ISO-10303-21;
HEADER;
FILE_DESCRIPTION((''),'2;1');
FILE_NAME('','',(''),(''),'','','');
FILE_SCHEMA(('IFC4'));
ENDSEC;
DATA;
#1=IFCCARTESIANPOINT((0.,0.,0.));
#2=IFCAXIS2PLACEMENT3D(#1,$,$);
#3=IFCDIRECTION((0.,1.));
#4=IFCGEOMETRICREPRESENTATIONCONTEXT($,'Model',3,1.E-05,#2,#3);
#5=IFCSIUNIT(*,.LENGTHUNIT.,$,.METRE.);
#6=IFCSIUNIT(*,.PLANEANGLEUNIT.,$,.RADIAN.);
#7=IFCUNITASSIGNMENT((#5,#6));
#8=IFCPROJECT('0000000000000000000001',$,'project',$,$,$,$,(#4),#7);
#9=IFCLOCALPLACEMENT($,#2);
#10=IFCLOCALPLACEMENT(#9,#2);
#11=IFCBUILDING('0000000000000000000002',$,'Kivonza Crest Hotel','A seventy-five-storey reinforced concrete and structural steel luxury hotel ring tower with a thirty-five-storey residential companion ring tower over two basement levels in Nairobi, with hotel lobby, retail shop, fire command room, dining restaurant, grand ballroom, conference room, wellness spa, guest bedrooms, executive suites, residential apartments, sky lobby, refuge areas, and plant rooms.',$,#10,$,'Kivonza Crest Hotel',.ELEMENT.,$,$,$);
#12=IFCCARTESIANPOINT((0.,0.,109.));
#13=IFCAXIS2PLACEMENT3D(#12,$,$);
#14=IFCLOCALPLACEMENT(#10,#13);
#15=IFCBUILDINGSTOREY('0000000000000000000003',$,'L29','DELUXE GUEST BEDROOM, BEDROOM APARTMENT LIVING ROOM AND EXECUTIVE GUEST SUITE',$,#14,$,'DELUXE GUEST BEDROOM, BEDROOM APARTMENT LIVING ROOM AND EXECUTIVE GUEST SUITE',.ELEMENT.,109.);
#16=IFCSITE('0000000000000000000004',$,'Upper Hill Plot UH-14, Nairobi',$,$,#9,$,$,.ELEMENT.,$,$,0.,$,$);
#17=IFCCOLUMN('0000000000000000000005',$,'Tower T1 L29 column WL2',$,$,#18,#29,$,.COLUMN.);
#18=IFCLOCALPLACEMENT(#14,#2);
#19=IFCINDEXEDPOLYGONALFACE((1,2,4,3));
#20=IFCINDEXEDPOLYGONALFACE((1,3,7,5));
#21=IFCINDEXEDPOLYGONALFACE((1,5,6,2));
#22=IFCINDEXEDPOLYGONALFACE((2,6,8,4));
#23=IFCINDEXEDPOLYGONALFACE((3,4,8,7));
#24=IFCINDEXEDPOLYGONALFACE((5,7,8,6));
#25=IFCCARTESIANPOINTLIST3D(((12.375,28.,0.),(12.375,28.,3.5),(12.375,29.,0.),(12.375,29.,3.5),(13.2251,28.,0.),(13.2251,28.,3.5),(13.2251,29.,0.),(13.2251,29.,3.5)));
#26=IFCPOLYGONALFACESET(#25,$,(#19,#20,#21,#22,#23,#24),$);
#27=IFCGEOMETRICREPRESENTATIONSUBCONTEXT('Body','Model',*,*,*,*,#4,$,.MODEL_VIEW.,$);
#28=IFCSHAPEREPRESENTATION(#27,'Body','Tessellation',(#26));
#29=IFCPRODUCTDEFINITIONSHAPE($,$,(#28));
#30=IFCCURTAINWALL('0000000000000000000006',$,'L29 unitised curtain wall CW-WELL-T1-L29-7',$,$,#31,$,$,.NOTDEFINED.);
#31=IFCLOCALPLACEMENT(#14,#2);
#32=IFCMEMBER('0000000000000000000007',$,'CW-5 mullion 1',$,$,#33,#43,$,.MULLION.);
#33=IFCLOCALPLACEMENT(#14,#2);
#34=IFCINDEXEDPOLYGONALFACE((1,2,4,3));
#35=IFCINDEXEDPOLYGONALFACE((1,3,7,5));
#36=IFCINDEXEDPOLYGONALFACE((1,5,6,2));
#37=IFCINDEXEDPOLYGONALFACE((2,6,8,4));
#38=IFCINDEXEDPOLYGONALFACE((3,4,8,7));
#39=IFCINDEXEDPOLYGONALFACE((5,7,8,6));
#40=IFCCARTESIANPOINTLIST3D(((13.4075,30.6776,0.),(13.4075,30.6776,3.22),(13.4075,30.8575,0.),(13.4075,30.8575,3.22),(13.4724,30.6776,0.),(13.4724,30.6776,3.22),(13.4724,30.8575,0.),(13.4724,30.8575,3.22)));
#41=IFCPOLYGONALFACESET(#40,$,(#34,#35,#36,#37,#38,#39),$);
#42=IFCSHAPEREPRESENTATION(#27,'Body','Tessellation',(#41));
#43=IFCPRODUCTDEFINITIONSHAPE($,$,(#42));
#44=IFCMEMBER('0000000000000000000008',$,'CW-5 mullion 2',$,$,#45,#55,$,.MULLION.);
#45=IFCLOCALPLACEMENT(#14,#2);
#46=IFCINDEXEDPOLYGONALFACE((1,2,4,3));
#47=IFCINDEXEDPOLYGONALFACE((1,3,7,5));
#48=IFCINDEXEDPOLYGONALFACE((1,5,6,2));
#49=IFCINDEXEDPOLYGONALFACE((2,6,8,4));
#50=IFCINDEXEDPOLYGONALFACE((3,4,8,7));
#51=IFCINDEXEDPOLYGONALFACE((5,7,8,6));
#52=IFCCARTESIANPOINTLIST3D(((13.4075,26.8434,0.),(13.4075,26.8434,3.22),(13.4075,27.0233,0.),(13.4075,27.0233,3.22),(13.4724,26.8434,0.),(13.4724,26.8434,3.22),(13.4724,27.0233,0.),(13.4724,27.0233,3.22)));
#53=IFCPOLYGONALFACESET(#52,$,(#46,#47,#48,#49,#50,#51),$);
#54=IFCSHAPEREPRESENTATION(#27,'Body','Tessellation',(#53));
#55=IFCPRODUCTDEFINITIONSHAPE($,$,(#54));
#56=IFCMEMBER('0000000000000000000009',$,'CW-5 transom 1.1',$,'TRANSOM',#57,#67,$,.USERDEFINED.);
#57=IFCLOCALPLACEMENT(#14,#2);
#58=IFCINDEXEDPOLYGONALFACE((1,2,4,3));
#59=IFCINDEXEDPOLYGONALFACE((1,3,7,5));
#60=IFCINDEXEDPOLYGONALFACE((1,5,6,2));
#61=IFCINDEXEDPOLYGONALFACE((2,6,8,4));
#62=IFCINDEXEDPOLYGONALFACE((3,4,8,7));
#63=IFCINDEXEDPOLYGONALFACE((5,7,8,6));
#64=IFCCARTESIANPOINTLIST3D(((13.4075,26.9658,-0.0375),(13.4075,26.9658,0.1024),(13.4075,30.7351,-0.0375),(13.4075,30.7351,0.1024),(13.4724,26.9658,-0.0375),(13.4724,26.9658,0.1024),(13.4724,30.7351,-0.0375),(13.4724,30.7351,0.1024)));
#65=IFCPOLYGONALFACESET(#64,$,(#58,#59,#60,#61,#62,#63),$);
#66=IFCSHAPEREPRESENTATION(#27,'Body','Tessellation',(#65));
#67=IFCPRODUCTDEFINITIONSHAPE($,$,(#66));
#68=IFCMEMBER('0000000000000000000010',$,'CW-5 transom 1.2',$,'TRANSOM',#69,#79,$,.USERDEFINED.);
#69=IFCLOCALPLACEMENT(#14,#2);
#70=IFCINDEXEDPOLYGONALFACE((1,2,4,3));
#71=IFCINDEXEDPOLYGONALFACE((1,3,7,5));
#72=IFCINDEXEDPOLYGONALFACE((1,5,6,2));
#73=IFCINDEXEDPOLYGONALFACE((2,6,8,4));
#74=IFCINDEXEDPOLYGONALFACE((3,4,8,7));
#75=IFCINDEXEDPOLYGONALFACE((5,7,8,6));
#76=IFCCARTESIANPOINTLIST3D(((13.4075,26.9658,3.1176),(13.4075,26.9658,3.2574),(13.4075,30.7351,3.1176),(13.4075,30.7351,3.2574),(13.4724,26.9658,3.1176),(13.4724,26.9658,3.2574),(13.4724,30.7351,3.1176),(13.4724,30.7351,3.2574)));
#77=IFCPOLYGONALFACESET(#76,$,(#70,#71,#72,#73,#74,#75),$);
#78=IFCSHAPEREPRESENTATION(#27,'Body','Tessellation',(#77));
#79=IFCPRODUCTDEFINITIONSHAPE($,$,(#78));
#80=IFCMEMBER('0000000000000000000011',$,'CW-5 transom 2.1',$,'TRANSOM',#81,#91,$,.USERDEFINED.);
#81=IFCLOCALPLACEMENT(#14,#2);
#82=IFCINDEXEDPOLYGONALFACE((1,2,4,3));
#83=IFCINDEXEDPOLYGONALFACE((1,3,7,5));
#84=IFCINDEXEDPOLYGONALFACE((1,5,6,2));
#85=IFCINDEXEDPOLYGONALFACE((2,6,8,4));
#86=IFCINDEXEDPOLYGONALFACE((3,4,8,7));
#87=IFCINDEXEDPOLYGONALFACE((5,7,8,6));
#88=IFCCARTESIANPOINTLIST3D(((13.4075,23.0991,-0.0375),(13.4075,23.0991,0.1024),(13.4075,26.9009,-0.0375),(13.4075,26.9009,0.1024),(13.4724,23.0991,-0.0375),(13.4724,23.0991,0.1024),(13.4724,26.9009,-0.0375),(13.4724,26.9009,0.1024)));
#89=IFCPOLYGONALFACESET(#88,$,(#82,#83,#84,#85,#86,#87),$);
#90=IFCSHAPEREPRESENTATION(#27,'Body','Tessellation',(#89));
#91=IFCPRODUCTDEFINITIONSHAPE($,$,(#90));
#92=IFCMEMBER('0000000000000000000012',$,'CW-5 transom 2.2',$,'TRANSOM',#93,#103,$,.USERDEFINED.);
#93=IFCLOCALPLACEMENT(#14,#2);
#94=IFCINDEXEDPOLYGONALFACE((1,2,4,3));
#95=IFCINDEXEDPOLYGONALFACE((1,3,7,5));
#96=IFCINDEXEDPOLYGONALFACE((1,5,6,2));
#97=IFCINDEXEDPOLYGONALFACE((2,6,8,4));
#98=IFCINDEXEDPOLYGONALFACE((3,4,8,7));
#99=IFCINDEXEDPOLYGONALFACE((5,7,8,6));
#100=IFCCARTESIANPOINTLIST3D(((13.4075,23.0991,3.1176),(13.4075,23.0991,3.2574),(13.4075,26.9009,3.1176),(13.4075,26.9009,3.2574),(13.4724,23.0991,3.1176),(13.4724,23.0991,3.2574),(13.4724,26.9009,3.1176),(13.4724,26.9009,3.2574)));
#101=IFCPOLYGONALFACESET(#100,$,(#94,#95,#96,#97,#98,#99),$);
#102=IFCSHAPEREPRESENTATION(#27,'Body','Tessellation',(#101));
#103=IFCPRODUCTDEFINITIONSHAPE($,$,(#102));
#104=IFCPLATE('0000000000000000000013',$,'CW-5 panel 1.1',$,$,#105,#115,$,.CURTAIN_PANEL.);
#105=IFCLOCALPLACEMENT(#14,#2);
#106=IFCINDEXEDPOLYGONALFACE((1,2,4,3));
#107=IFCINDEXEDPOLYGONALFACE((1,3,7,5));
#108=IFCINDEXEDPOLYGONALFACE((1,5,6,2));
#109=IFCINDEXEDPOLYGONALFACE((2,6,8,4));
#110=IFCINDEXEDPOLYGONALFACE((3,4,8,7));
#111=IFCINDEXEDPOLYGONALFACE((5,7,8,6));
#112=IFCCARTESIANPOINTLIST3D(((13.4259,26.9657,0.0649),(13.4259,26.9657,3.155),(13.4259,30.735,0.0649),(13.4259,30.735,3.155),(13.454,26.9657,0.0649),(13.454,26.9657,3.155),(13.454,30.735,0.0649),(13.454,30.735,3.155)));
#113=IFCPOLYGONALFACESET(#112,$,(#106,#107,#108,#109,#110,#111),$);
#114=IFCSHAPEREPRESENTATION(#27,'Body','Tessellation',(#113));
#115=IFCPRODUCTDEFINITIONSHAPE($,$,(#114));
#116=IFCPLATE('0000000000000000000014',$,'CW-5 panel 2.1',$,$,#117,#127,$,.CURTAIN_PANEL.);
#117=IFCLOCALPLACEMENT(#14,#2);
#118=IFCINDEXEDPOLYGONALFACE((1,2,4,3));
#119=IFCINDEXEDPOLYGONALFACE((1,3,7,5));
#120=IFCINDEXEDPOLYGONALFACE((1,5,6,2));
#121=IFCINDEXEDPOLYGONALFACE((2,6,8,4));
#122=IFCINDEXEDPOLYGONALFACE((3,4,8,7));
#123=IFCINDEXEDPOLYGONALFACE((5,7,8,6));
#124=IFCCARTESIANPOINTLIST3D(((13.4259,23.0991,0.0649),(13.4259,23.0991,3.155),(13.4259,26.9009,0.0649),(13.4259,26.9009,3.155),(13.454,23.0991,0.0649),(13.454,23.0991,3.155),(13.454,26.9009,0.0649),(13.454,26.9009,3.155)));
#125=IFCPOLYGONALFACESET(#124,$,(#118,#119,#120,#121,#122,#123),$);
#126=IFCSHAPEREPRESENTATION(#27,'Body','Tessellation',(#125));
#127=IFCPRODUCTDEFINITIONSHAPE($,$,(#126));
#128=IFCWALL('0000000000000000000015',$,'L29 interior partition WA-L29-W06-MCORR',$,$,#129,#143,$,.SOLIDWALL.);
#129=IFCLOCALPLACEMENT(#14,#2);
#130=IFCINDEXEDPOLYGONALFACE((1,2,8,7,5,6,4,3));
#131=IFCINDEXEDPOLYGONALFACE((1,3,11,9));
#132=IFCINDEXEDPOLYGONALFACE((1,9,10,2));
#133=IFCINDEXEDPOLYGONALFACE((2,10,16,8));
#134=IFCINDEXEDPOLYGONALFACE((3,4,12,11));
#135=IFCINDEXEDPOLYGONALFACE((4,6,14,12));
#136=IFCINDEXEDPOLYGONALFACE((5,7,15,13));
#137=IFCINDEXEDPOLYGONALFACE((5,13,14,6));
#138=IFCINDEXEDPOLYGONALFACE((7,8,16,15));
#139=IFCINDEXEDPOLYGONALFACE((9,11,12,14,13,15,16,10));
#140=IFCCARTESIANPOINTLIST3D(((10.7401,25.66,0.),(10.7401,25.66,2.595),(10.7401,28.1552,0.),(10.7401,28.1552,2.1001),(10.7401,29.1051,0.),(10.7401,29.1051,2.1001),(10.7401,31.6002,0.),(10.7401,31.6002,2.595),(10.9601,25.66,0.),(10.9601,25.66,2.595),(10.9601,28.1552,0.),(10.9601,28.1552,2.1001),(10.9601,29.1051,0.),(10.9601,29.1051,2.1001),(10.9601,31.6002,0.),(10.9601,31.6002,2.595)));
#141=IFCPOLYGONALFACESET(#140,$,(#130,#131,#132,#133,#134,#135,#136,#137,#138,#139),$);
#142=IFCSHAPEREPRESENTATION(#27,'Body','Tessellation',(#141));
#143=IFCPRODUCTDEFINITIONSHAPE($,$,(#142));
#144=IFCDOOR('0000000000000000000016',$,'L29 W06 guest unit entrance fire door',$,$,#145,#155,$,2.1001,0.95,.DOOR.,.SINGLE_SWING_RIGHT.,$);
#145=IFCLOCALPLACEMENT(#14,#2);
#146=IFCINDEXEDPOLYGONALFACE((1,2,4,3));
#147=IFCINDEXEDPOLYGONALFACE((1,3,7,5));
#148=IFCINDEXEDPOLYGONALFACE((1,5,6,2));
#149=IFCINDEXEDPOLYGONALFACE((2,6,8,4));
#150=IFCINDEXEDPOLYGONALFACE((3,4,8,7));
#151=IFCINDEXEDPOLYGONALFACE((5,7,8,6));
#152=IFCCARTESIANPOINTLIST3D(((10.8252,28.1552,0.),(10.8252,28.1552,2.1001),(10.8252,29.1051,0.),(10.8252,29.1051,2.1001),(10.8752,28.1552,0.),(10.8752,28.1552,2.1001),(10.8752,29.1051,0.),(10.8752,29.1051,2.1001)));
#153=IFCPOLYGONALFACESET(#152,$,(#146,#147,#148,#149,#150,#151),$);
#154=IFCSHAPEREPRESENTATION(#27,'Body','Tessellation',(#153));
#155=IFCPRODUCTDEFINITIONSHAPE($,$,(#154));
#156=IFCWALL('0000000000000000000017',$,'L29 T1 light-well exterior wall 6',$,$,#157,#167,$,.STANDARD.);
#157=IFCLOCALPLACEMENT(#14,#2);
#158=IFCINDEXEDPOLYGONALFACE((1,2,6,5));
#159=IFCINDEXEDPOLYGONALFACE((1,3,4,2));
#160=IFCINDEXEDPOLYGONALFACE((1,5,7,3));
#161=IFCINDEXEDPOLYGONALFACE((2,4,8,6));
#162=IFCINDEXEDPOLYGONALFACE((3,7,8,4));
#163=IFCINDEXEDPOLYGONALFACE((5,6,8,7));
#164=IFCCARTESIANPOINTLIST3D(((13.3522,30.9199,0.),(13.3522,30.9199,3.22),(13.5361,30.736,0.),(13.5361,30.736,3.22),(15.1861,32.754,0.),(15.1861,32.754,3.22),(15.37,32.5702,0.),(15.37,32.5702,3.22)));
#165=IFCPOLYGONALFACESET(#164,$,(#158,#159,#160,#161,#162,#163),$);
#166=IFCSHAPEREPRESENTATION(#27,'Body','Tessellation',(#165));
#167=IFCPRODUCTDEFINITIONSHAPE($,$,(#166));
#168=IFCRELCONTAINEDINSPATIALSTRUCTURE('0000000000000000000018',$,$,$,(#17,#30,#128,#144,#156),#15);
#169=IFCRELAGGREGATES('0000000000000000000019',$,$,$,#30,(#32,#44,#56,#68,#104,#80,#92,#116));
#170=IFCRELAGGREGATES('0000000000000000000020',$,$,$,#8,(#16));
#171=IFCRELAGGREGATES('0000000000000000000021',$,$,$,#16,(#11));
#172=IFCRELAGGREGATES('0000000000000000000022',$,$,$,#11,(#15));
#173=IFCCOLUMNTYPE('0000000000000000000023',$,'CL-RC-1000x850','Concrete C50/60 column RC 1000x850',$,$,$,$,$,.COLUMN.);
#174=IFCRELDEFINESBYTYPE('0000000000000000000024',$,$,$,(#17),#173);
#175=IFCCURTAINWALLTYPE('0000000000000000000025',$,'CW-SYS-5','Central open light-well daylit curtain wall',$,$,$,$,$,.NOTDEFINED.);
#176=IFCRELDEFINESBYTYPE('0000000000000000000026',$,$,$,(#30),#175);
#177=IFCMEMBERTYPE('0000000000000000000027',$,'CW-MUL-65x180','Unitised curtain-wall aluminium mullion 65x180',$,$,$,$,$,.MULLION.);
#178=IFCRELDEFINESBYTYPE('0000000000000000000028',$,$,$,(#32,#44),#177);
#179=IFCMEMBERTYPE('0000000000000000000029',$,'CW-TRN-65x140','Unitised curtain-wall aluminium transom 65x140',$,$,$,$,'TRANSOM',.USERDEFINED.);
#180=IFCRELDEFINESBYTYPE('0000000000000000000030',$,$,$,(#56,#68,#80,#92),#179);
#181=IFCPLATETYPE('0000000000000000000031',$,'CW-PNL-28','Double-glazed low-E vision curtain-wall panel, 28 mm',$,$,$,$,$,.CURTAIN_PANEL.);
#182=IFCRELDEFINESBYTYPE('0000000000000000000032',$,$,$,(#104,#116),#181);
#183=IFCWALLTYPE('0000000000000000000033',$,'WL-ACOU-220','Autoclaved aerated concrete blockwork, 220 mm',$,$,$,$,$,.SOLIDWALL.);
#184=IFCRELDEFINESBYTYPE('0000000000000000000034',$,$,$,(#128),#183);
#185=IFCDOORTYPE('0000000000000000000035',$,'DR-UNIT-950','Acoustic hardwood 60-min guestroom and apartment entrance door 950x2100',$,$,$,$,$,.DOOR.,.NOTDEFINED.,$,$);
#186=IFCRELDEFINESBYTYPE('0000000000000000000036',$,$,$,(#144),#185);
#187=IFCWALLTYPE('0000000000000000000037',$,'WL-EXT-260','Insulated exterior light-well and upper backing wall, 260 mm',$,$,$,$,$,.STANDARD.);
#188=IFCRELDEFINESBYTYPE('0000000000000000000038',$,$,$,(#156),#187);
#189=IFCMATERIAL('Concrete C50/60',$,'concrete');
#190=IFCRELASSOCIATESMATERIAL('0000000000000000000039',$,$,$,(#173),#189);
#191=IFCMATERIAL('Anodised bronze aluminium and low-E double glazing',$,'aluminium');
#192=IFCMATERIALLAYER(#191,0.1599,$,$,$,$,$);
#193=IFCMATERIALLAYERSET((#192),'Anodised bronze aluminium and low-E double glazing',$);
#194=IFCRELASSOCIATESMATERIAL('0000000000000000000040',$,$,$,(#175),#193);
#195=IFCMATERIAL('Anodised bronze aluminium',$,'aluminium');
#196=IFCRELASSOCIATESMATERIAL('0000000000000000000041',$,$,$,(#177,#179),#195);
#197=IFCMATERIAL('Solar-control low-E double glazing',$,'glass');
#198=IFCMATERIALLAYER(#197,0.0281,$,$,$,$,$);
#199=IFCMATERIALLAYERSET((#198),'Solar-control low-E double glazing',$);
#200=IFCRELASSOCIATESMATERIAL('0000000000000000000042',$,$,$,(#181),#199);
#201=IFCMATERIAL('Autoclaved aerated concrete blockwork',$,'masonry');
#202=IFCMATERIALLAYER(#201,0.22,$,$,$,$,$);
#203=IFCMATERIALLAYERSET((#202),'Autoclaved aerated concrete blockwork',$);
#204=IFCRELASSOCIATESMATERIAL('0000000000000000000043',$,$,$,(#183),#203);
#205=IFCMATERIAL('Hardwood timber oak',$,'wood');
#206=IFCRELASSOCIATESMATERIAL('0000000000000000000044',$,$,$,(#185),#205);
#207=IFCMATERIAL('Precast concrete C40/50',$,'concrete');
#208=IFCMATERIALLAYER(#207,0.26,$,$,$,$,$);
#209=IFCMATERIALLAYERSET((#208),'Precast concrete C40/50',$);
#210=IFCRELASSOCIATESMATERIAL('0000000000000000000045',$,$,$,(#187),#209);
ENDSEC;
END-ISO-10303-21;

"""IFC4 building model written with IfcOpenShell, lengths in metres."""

from ifc_helpers import new_model, si_unit, direction, frame, frame_2d, origin, origin_2d, place, context, subcontext, project, spatial, rectangle, extrude, material, layer, layer_set, material_profile, profile_set, type_object, element, fill, aggregate, save


model = new_model("IFC4")

# Units and contexts
model_context = context("Model", 3, precision=1e-05, world=origin(), true_north=direction((0.0, 1.0)))
body_context = subcontext(model_context, "Body", "Model", "MODEL_VIEW")
ifc_project = project(units=[si_unit("LENGTHUNIT", "METRE"), si_unit("PLANEANGLEUNIT", "RADIAN")], contexts=[model_context])

# Site, building, storey
site_placement = place(None, origin())
site = spatial("IfcSite", under=ifc_project, at=site_placement, Name="Upper Hill Plot UH-14, Nairobi", CompositionType="ELEMENT", RefElevation=0.0)
building_placement = place(site_placement, origin())
building = spatial("IfcBuilding", under=site, at=building_placement, Name="Kivonza Crest Hotel", Description="A seventy-five-storey reinforced concrete and structural steel luxury hotel ring tower with a thirty-five-storey residential companion ring tower over two basement levels in Nairobi, with hotel lobby, retail shop, fire command room, dining restaurant, grand ballroom, conference room, wellness spa, guest bedrooms, executive suites, residential apartments, sky lobby, refuge areas, and plant rooms.", LongName="Kivonza Crest Hotel", CompositionType="ELEMENT")
storey_placement = place(building_placement, frame((0.0, 0.0, 109.0)))
storey = spatial("IfcBuildingStorey", under=building, at=storey_placement, Name="L29", Description="DELUXE GUEST BEDROOM, BEDROOM APARTMENT LIVING ROOM AND EXECUTIVE GUEST SUITE", LongName="DELUXE GUEST BEDROOM, BEDROOM APARTMENT LIVING ROOM AND EXECUTIVE GUEST SUITE", CompositionType="ELEMENT", Elevation=109.0)

# Column
ifc_material_1 = material(Name="Concrete C50/60", Category="concrete")
ifc_material_profile_1 = material_profile(ifc_material_1, rectangle(XDim=0.8501, YDim=1.0, at=origin_2d()), Name="RC 1000x850")
ifc_profile_set_1 = profile_set([ifc_material_profile_1], Name="Concrete C50/60")
column_type = type_object("IfcColumnType", Name="CL-RC-1000x850", Description="Concrete C50/60 column RC 1000x850", PredefinedType="COLUMN", material=ifc_profile_set_1)
column_placement = place(storey_placement, frame((12.8, 28.5, 0.0), z_axis=(0.0, 0.0, 1.0), x_axis=(1.0, 0.0, 0.0)))
element("IfcColumn", 1, at=column_placement, inside=storey, type_object=column_type, Name="Tower T1 L29 column WL2", PredefinedType="COLUMN", context=body_context, shape_type="SweptSolid", body=[
    extrude(rectangle(XDim=0.8501, YDim=1.0, at=origin_2d()), origin(), (0.0, 0.0, 1.0), 3.5),
])

# Curtain wall, members, plates
ifc_material_2 = material(Name="Anodised bronze aluminium and low-E double glazing", Category="aluminium")
ifc_layer_1 = layer(ifc_material_2, 0.1599)
ifc_layer_set_1 = layer_set([ifc_layer_1], Name="Anodised bronze aluminium and low-E double glazing")
curtain_wall_type = type_object("IfcCurtainWallType", Name="CW-SYS-5", Description="Central open light-well daylit curtain wall", PredefinedType="NOTDEFINED", material=ifc_layer_set_1)
curtain_wall_placement = place(storey_placement, origin())
curtain_wall = element("IfcCurtainWall", 2, at=curtain_wall_placement, inside=storey, type_object=curtain_wall_type, Name="L29 unitised curtain wall CW-WELL-T1-L29-7", PredefinedType="NOTDEFINED")
ifc_material_3 = material(Name="Anodised bronze aluminium", Category="aluminium")
ifc_material_profile_2 = material_profile(ifc_material_3, rectangle(XDim=0.0649, YDim=0.1799, at=origin_2d()), Name="CW-M 65x180")
ifc_profile_set_2 = profile_set([ifc_material_profile_2], Name="Anodised bronze aluminium")
member_type_1 = type_object("IfcMemberType", Name="CW-MUL-65x180", Description="Unitised curtain-wall aluminium mullion 65x180", PredefinedType="MULLION", material=ifc_profile_set_2)
member_1_placement = place(storey_placement, frame((13.4399, 30.7676, 0.0), z_axis=(0.0, 0.0, 1.0), x_axis=(1.0, 0.0, 0.0)))
member_1 = element("IfcMember", 3, at=member_1_placement, type_object=member_type_1, Name="CW-5 mullion 1", PredefinedType="MULLION", context=body_context, shape_type="SweptSolid", body=[
    extrude(rectangle(XDim=0.0649, YDim=0.1799, at=origin_2d()), origin(), (0.0, 0.0, 1.0), 3.22),
])
member_2_placement = place(storey_placement, frame((13.4399, 26.9333, 0.0), z_axis=(0.0, 0.0, 1.0), x_axis=(1.0, 0.0, 0.0)))
member_2 = element("IfcMember", 4, at=member_2_placement, type_object=member_type_1, Name="CW-5 mullion 2", PredefinedType="MULLION", context=body_context, shape_type="SweptSolid", body=[
    extrude(rectangle(XDim=0.0649, YDim=0.1799, at=origin_2d()), origin(), (0.0, 0.0, 1.0), 3.22),
])
ifc_material_profile_3 = material_profile(ifc_material_3, rectangle(XDim=0.0649, YDim=0.1399, at=origin_2d()), Name="CW-T 65x140")
ifc_profile_set_3 = profile_set([ifc_material_profile_3], Name="Anodised bronze aluminium")
member_type_2 = type_object("IfcMemberType", Name="CW-TRN-65x140", Description="Unitised curtain-wall aluminium transom 65x140", ElementType="TRANSOM", PredefinedType="USERDEFINED", material=ifc_profile_set_3)
member_3_placement = place(storey_placement, frame((13.4399, 30.7351, 0.0325), z_axis=(0.0, -1.0, 0.0), x_axis=(1.0, 0.0, 0.0)))
member_3 = element("IfcMember", 5, at=member_3_placement, type_object=member_type_2, Name="CW-5 transom 1.1", ObjectType="TRANSOM", PredefinedType="USERDEFINED", context=body_context, shape_type="SweptSolid", body=[
    extrude(rectangle(XDim=0.0649, YDim=0.1399, at=origin_2d()), origin(), (0.0, 0.0, 1.0), 3.7693),
])
member_4_placement = place(storey_placement, frame((13.4399, 30.7351, 3.1875), z_axis=(0.0, -1.0, 0.0), x_axis=(1.0, 0.0, 0.0)))
member_4 = element("IfcMember", 6, at=member_4_placement, type_object=member_type_2, Name="CW-5 transom 1.2", ObjectType="TRANSOM", PredefinedType="USERDEFINED", context=body_context, shape_type="SweptSolid", body=[
    extrude(rectangle(XDim=0.0649, YDim=0.1399, at=origin_2d()), origin(), (0.0, 0.0, 1.0), 3.7693),
])
member_5_placement = place(storey_placement, frame((13.4399, 26.9009, 0.0325), z_axis=(0.0, -1.0, 0.0), x_axis=(1.0, 0.0, 0.0)))
member_5 = element("IfcMember", 7, at=member_5_placement, type_object=member_type_2, Name="CW-5 transom 2.1", ObjectType="TRANSOM", PredefinedType="USERDEFINED", context=body_context, shape_type="SweptSolid", body=[
    extrude(rectangle(XDim=0.0649, YDim=0.1399, at=origin_2d()), origin(), (0.0, 0.0, 1.0), 3.8018),
])
member_6_placement = place(storey_placement, frame((13.4399, 26.9009, 3.1875), z_axis=(0.0, -1.0, 0.0), x_axis=(1.0, 0.0, 0.0)))
member_6 = element("IfcMember", 8, at=member_6_placement, type_object=member_type_2, Name="CW-5 transom 2.2", ObjectType="TRANSOM", PredefinedType="USERDEFINED", context=body_context, shape_type="SweptSolid", body=[
    extrude(rectangle(XDim=0.0649, YDim=0.1399, at=origin_2d()), origin(), (0.0, 0.0, 1.0), 3.8018),
])
ifc_material_4 = material(Name="Solar-control low-E double glazing", Category="glass")
ifc_layer_2 = layer(ifc_material_4, 0.0281)
ifc_layer_set_2 = layer_set([ifc_layer_2], Name="Solar-control low-E double glazing")
plate_type = type_object("IfcPlateType", Name="CW-PNL-28", Description="Double-glazed low-E vision curtain-wall panel, 28 mm", PredefinedType="CURTAIN_PANEL", material=ifc_layer_set_2)
plate_1_placement = place(storey_placement, frame((13.4399, 28.8503, 0.0649), z_axis=(0.0, 0.0, 1.0), x_axis=(0.0, -1.0, 0.0)))
plate_1 = element("IfcPlate", 9, at=plate_1_placement, type_object=plate_type, Name="CW-5 panel 1.1", PredefinedType="CURTAIN_PANEL", context=body_context, shape_type="SweptSolid", body=[
    extrude(rectangle(XDim=3.7693, YDim=0.0281, at=origin_2d()), origin(), (0.0, 0.0, 1.0), 3.0901),
])
plate_2_placement = place(storey_placement, frame((13.4399, 25.0, 0.0649), z_axis=(0.0, 0.0, 1.0), x_axis=(0.0, -1.0, 0.0)))
plate_2 = element("IfcPlate", 10, at=plate_2_placement, type_object=plate_type, Name="CW-5 panel 2.1", PredefinedType="CURTAIN_PANEL", context=body_context, shape_type="SweptSolid", body=[
    extrude(rectangle(XDim=3.8018, YDim=0.0281, at=origin_2d()), origin(), (0.0, 0.0, 1.0), 3.0901),
])
aggregate(curtain_wall, [member_1, member_2, member_3, member_4, plate_1, member_5, member_6, plate_2])

# Wall, opening, door
ifc_material_5 = material(Name="Autoclaved aerated concrete blockwork", Category="masonry")
ifc_layer_3 = layer(ifc_material_5, 0.22)
ifc_layer_set_3 = layer_set([ifc_layer_3], Name="Autoclaved aerated concrete blockwork")
wall_type_1 = type_object("IfcWallType", Name="WL-ACOU-220", Description="Autoclaved aerated concrete blockwork, 220 mm", PredefinedType="SOLIDWALL", material=ifc_layer_set_3)
wall_1_placement = place(storey_placement, frame((10.8501, 25.6599, 0.0), z_axis=(0.0, 0.0, 1.0), x_axis=(0.0, 1.0, 0.0)))
wall_1 = element("IfcWall", 11, at=wall_1_placement, inside=storey, type_object=wall_type_1, Name="L29 interior partition WA-L29-W06-MCORR", PredefinedType="SOLIDWALL", context=body_context, shape_type="SweptSolid", body=[
    extrude(rectangle(XDim=5.9402, YDim=0.22, at=frame_2d((2.9702, 0.0))), origin(), (0.0, 0.0, 1.0), 2.595),
])
opening_1_placement = place(wall_1_placement, frame((2.4951, 0.0, 0.0)))
opening_1 = element("IfcOpeningElement", 12, at=opening_1_placement, cuts=wall_1, PredefinedType="OPENING", context=body_context, shape_type="SweptSolid", body=[
    extrude(rectangle(XDim=0.95, YDim=2.1001, at=frame_2d((0.4751, 1.05))), frame((0.0, 0.1201, 0.0), z_axis=(0.0, -1.0, 0.0), x_axis=(1.0, 0.0, 0.0)), (0.0, 0.0, 1.0), 0.24),
])
ifc_material_6 = material(Name="Hardwood timber oak", Category="wood")
door_type_1 = type_object("IfcDoorType", Name="DR-UNIT-950", Description="Acoustic hardwood 60-min guestroom and apartment entrance door 950x2100", OperationType="NOTDEFINED", PredefinedType="DOOR", material=ifc_material_6)
door_1_placement = place(opening_1_placement, origin())
door_1 = element("IfcDoor", 13, at=door_1_placement, inside=storey, type_object=door_type_1, Name="L29 W06 guest unit entrance fire door", OperationType="SINGLE_SWING_RIGHT", OverallHeight=2.1001, OverallWidth=0.95, PredefinedType="DOOR", context=body_context, shape_type="SweptSolid", body=[
    extrude(rectangle(XDim=0.95, YDim=2.1001, at=frame_2d((0.4751, 1.05))), frame((0.0, 0.0249, 0.0), z_axis=(0.0, -1.0, 0.0), x_axis=(1.0, 0.0, 0.0)), (0.0, 0.0, 1.0), 0.05),
])
fill(opening_1, door_1)

# Wall
ifc_material_7 = material(Name="Precast concrete C40/50", Category="concrete")
ifc_layer_4 = layer(ifc_material_7, 0.26)
ifc_layer_set_4 = layer_set([ifc_layer_4], Name="Precast concrete C40/50")
wall_type_2 = type_object("IfcWallType", Name="WL-EXT-260", Description="Insulated exterior light-well and upper backing wall, 260 mm", PredefinedType="STANDARD", material=ifc_layer_set_4)
wall_2_placement = place(storey_placement, frame((15.2781, 32.6621, 0.0), z_axis=(0.0, 0.0, 1.0), x_axis=(-0.70706, -0.707154, 0.0)))
element("IfcWall", 14, at=wall_2_placement, inside=storey, type_object=wall_type_2, Name="L29 T1 light-well exterior wall 6", PredefinedType="STANDARD", context=body_context, shape_type="SweptSolid", body=[
    extrude(rectangle(XDim=2.5938, YDim=0.26, at=frame_2d((1.2969, 0.0))), origin(), (0.0, 0.0, 1.0), 3.22),
])

save(model, "model.ifc")
